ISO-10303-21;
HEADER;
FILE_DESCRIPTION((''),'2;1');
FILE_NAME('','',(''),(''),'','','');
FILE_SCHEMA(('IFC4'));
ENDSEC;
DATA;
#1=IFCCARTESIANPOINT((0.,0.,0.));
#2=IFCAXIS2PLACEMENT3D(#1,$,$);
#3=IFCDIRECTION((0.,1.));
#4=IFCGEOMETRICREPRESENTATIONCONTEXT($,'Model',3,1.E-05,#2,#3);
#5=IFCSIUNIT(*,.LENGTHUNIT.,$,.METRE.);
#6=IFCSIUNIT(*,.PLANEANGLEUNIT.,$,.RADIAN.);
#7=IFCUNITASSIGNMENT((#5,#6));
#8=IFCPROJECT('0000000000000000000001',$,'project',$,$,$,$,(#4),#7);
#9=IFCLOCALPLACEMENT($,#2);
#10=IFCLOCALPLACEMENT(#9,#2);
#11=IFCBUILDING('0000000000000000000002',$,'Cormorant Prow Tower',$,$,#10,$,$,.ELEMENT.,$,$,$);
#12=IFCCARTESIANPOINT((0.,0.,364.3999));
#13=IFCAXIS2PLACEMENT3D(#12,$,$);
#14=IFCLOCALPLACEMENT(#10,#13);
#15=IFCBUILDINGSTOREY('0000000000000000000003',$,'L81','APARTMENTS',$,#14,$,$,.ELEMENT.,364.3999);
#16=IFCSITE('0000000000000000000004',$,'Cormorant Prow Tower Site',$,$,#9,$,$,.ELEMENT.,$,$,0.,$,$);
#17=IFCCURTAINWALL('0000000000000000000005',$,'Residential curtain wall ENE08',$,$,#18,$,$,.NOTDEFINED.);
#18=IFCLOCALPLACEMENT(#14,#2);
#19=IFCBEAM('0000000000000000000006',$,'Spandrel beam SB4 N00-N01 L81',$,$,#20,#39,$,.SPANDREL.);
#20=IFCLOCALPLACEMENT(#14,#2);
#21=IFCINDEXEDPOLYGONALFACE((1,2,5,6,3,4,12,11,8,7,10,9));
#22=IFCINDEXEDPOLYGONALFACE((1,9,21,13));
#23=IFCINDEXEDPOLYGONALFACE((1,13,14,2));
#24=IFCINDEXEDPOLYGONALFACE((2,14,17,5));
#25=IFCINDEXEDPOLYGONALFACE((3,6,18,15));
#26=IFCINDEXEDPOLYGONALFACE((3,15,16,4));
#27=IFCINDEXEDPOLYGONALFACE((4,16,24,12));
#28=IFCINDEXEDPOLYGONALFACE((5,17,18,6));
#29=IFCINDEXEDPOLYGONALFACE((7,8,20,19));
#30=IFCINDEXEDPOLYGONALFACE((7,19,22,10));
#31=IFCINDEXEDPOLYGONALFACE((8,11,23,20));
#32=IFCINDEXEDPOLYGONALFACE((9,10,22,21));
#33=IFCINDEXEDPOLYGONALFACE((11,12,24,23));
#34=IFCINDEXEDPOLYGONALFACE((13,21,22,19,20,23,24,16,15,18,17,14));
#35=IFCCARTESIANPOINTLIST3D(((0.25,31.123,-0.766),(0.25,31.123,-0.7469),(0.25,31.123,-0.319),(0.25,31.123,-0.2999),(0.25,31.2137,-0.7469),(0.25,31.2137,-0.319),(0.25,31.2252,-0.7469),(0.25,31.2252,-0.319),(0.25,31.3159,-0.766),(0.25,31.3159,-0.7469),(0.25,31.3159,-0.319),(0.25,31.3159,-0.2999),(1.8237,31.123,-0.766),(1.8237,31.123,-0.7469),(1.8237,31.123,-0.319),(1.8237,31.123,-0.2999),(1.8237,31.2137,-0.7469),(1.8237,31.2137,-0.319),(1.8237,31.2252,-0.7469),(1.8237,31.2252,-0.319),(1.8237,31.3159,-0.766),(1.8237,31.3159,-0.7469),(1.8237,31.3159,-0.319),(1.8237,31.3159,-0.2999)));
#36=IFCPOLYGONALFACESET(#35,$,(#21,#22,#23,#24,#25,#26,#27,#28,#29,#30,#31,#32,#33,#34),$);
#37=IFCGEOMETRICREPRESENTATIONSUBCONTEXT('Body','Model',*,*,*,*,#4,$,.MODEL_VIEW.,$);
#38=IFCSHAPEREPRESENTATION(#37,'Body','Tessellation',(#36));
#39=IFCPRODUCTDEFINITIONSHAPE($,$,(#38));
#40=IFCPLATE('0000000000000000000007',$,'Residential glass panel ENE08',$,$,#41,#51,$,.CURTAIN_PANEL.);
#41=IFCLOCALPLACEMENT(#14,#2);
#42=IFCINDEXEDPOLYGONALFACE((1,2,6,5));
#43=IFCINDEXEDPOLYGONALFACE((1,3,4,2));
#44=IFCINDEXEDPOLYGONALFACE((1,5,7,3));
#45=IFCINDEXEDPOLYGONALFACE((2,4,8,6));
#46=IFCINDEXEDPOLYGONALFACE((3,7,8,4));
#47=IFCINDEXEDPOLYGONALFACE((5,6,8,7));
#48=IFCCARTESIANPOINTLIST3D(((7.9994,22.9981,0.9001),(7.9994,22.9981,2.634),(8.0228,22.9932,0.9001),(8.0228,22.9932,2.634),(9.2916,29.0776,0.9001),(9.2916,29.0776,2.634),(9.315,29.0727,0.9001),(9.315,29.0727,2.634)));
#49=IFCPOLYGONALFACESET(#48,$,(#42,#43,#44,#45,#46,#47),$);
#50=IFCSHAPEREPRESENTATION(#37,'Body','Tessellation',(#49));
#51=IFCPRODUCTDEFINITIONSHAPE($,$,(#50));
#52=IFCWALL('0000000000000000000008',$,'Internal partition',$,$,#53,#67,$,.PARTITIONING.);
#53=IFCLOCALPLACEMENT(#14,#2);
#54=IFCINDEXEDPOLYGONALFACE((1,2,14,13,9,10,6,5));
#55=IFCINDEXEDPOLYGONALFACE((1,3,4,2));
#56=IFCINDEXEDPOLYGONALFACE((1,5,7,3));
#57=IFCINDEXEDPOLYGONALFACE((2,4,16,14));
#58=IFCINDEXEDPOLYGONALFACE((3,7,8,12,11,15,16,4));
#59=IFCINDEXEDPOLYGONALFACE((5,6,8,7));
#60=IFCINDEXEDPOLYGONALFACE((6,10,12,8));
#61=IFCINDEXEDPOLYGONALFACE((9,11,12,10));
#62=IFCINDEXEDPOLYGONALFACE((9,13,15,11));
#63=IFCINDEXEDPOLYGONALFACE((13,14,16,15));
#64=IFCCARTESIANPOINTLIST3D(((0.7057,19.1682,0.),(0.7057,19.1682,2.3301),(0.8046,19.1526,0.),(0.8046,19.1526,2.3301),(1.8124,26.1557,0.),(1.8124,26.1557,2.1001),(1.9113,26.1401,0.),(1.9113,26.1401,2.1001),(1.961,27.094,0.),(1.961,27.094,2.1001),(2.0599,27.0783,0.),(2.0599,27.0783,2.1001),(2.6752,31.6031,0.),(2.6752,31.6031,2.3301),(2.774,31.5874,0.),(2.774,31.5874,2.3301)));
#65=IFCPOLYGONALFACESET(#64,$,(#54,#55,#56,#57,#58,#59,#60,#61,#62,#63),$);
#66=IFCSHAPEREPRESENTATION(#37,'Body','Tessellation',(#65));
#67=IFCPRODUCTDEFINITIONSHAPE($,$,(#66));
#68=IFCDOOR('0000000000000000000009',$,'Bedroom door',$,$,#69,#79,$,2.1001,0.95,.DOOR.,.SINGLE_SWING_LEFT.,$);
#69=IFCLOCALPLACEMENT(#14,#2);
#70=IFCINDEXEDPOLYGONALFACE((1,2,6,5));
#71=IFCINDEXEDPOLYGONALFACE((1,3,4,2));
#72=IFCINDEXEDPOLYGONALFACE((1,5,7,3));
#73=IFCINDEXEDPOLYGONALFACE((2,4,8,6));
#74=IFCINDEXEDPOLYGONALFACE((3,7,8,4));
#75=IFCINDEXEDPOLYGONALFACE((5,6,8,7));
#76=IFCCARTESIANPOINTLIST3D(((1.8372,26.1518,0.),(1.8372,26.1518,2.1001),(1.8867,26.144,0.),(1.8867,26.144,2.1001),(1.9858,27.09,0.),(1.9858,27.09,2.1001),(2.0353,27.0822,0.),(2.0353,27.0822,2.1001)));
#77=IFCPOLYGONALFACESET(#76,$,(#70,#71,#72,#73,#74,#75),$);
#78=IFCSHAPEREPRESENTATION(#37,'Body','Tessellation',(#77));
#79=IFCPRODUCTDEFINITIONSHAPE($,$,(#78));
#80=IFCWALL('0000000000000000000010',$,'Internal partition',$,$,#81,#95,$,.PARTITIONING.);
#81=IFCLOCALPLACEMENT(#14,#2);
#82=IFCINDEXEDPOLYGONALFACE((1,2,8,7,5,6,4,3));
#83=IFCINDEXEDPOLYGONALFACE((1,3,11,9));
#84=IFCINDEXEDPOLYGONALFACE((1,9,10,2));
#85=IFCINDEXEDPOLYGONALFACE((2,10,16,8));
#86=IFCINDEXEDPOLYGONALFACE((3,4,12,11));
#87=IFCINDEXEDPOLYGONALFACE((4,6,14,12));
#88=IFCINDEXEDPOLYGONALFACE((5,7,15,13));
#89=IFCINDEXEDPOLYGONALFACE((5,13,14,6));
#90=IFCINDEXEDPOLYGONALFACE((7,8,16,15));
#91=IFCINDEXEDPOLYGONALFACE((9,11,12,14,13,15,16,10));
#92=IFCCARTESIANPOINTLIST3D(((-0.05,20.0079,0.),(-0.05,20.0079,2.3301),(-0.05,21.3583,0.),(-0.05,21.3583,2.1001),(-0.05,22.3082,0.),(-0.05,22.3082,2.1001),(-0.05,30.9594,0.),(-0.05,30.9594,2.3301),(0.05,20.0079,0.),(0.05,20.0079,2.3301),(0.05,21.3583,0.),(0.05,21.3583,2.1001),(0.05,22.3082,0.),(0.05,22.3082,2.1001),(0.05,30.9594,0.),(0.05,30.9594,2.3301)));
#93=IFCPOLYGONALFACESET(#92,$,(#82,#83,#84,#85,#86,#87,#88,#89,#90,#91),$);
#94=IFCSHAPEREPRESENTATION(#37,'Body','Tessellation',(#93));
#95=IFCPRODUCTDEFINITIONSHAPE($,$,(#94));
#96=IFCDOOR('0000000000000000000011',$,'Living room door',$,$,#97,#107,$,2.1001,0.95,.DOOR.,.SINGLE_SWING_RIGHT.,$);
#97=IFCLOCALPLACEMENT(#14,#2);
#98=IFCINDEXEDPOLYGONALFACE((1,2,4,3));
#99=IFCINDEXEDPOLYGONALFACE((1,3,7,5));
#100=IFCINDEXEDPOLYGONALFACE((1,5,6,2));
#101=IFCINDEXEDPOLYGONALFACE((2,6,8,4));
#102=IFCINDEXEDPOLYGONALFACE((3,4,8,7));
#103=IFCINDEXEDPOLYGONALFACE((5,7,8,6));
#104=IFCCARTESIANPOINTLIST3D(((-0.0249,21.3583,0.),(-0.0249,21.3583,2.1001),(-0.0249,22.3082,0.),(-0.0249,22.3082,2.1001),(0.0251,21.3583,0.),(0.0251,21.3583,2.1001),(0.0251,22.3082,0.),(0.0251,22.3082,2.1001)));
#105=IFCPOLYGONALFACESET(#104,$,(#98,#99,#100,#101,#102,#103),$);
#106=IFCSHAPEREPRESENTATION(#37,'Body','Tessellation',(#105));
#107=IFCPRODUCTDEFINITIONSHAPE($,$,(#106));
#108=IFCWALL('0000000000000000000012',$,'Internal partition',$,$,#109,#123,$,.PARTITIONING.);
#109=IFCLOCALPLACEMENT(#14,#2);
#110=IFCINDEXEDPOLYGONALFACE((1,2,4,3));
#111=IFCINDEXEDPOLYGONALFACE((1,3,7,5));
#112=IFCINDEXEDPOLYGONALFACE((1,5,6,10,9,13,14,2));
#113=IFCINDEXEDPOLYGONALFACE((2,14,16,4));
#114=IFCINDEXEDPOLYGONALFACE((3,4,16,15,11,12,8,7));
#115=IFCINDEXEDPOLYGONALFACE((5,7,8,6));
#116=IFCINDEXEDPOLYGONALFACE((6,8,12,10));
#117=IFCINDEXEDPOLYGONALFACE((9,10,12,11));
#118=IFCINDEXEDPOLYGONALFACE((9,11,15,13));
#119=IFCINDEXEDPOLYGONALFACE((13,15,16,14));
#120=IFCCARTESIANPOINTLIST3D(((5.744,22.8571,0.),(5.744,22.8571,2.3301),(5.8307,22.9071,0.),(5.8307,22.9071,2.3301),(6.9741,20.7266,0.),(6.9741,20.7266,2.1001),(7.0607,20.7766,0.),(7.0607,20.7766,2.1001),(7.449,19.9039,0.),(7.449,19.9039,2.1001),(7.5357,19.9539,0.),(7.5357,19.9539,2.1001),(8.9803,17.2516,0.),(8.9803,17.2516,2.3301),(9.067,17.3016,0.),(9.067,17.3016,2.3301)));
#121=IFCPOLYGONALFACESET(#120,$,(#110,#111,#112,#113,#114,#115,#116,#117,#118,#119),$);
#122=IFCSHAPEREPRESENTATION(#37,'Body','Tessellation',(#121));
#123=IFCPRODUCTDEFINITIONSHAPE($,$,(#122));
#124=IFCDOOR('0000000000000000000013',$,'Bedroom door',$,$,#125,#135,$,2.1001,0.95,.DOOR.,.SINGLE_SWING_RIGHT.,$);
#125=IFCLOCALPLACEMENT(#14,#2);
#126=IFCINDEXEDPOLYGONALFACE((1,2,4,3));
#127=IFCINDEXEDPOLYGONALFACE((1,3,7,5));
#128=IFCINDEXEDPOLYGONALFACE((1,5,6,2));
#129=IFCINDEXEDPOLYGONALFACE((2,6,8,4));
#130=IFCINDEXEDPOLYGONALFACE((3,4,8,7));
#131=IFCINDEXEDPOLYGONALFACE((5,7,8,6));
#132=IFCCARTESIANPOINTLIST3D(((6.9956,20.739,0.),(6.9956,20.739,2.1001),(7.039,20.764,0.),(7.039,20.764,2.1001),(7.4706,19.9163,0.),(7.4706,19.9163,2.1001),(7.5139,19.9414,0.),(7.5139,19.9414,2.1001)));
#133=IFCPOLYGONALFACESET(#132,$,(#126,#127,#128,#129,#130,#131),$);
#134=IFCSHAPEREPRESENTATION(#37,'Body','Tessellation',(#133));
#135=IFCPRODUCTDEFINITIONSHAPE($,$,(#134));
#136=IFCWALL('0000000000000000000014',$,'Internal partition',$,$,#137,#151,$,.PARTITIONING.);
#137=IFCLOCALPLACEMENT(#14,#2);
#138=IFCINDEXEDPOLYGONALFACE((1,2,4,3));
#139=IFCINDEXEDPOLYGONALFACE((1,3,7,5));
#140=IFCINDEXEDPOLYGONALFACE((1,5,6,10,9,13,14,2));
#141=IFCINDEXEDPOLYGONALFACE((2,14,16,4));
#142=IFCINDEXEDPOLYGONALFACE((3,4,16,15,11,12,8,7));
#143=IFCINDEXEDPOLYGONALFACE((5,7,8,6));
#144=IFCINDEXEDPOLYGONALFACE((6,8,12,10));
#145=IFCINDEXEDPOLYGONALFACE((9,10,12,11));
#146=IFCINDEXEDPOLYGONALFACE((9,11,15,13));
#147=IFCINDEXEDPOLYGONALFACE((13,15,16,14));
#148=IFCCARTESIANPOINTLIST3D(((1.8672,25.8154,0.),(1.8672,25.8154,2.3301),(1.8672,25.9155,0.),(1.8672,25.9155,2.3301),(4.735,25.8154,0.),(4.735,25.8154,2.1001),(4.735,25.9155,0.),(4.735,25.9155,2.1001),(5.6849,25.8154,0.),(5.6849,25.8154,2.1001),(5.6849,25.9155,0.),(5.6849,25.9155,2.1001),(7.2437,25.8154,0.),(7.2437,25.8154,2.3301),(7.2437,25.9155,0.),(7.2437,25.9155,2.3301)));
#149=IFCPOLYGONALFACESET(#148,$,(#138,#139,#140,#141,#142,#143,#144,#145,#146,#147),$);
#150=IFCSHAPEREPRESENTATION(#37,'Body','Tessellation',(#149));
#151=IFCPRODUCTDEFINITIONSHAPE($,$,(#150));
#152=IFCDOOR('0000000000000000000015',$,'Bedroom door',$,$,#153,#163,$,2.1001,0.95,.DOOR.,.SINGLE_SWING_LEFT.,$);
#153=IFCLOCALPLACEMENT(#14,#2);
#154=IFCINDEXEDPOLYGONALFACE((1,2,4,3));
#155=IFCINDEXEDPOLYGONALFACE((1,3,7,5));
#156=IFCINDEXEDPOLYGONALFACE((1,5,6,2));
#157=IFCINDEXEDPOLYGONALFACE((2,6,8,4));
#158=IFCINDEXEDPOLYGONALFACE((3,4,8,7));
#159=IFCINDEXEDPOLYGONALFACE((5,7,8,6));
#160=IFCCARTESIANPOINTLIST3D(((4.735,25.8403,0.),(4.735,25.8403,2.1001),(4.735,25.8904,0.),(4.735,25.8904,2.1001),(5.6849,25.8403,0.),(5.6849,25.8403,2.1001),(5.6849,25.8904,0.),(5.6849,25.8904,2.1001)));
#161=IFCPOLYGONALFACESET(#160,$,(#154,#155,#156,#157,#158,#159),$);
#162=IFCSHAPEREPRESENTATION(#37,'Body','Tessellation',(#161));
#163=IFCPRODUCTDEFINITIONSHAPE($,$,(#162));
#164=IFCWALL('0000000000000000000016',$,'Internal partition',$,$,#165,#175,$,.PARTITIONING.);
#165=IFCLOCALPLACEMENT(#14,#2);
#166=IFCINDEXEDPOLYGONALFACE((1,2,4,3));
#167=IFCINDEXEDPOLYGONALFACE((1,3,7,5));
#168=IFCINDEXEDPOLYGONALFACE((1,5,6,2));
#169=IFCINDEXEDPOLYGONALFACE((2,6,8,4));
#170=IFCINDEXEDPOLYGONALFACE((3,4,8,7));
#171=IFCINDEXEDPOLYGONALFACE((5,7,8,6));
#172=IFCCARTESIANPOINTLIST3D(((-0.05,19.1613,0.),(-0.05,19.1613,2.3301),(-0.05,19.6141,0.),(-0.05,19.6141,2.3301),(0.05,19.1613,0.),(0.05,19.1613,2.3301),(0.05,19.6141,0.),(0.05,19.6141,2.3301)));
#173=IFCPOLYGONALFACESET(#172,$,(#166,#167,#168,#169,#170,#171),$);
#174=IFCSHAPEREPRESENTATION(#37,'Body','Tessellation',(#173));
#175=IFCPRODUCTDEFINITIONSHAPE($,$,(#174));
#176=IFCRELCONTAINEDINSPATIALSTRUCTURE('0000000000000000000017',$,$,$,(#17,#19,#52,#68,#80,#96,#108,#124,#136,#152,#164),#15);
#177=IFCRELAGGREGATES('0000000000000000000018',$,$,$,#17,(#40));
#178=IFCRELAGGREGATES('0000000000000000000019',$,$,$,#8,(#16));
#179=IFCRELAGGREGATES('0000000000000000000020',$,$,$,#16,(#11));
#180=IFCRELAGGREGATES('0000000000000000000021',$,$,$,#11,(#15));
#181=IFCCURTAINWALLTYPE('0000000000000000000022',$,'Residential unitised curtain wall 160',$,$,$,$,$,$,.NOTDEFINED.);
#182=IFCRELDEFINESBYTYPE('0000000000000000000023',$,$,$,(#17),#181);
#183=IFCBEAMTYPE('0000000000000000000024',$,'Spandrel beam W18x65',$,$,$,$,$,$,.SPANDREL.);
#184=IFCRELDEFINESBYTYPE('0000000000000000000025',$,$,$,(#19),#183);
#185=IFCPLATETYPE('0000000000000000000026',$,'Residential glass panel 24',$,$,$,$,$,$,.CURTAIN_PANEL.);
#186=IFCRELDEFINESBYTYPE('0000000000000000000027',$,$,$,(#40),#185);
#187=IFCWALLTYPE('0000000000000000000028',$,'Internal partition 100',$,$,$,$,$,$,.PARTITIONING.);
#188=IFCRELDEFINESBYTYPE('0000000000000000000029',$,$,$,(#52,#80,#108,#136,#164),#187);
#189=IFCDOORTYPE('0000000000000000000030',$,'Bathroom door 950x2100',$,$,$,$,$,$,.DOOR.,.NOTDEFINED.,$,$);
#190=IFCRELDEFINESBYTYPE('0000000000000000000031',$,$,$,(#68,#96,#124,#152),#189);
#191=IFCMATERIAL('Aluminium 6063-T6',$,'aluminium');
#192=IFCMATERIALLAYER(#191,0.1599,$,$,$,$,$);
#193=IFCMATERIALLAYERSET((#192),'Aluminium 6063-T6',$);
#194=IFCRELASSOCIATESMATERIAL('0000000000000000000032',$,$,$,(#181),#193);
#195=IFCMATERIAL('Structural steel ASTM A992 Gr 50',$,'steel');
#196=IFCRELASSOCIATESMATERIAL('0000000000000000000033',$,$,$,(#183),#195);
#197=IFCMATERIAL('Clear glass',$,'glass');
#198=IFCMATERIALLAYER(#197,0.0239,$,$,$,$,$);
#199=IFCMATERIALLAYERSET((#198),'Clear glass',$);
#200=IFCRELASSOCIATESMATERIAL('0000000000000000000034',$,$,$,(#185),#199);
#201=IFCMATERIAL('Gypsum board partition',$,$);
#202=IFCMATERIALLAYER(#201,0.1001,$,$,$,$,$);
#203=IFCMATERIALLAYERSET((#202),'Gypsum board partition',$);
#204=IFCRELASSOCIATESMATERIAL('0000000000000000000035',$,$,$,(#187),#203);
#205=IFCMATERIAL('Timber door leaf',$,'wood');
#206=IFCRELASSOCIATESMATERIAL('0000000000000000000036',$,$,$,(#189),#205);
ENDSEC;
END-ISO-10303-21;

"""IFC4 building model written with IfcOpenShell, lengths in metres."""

from ifc_helpers import new_model, si_unit, direction, frame, frame_2d, origin, origin_2d, place, context, subcontext, project, spatial, rectangle, i_section, extrude, material, layer, layer_set, material_profile, profile_set, type_object, element, fill, aggregate, save


model = new_model("IFC4")

# Units and contexts
model_context = context("Model", 3, precision=1e-05, world=origin(), true_north=direction((0.0, 1.0)))
body_context = subcontext(model_context, "Body", "Model", "MODEL_VIEW")
ifc_project = project(units=[si_unit("LENGTHUNIT", "METRE"), si_unit("PLANEANGLEUNIT", "RADIAN")], contexts=[model_context])

# Site, building, storey
site_placement = place(None, origin())
site = spatial("IfcSite", under=ifc_project, at=site_placement, Name="Cormorant Prow Tower Site", CompositionType="ELEMENT", RefElevation=0.0)
building_placement = place(site_placement, origin())
building = spatial("IfcBuilding", under=site, at=building_placement, Name="Cormorant Prow Tower", CompositionType="ELEMENT")
storey_placement = place(building_placement, frame((0.0, 0.0, 364.3999)))
storey = spatial("IfcBuildingStorey", under=building, at=storey_placement, Name="L81", Description="APARTMENTS", CompositionType="ELEMENT", Elevation=364.3999)

# Curtain wall
ifc_material_1 = material(Name="Aluminium 6063-T6", Category="aluminium")
ifc_layer_1 = layer(ifc_material_1, 0.1599)
ifc_layer_set_1 = layer_set([ifc_layer_1], Name="Aluminium 6063-T6")
curtain_wall_type = type_object("IfcCurtainWallType", Name="Residential unitised curtain wall 160", PredefinedType="NOTDEFINED", material=ifc_layer_set_1)
curtain_wall_placement = place(storey_placement, origin())
curtain_wall = element("IfcCurtainWall", 1, at=curtain_wall_placement, inside=storey, type_object=curtain_wall_type, Name="Residential curtain wall ENE08", PredefinedType="NOTDEFINED")

# Beam
ifc_material_2 = material(Name="Structural steel ASTM A992 Gr 50", Category="steel")
ifc_material_profile_1 = material_profile(ifc_material_2, i_section(OverallWidth=0.1929, OverallDepth=0.4661, WebThickness=0.0115, FlangeThickness=0.019, at=origin_2d()), Name="W18x65")
ifc_profile_set_1 = profile_set([ifc_material_profile_1], Name="Structural steel ASTM A992 Gr 50")
beam_type = type_object("IfcBeamType", Name="Spandrel beam W18x65", PredefinedType="SPANDREL", material=ifc_profile_set_1)
beam_1_placement = place(storey_placement, frame((1.8237, 31.2195, -0.533), z_axis=(-1.0, 0.0, 0.0), x_axis=(0.0, -1.0, 0.0)))
element("IfcBeam", 2, at=beam_1_placement, inside=storey, type_object=beam_type, Name="Spandrel beam SB4 N00-N01 L81", PredefinedType="SPANDREL", context=body_context, shape_type="SweptSolid", body=[
    extrude(i_section(OverallWidth=0.1929, OverallDepth=0.4661, WebThickness=0.0115, FlangeThickness=0.019, at=origin_2d()), origin(), (0.0, 0.0, 1.0), 1.5737),
])

# Plate
ifc_material_3 = material(Name="Clear glass", Category="glass")
ifc_layer_2 = layer(ifc_material_3, 0.0239)
ifc_layer_set_2 = layer_set([ifc_layer_2], Name="Clear glass")
plate_type = type_object("IfcPlateType", Name="Residential glass panel 24", PredefinedType="CURTAIN_PANEL", material=ifc_layer_set_2)
plate_placement = place(storey_placement, frame((8.6572, 26.0354, 0.9001), z_axis=(0.0, 0.0, 1.0), x_axis=(0.207912, 0.978148, 0.0)))
plate = element("IfcPlate", 3, at=plate_placement, type_object=plate_type, Name="Residential glass panel ENE08", PredefinedType="CURTAIN_PANEL", context=body_context, shape_type="SweptSolid", body=[
    extrude(rectangle(XDim=6.2153, YDim=0.0239, at=origin_2d()), origin(), (0.0, 0.0, 1.0), 1.7339),
])
aggregate(curtain_wall, [plate])

# Walls, openings, doors
ifc_material_4 = material(Name="Gypsum board partition")
ifc_layer_3 = layer(ifc_material_4, 0.1001)
ifc_layer_set_3 = layer_set([ifc_layer_3], Name="Gypsum board partition")
wall_type_1 = type_object("IfcWallType", Name="Internal partition 100", PredefinedType="PARTITIONING", material=ifc_layer_set_3)
wall_1_placement = place(storey_placement, frame((0.7551, 19.1604, 0.0), z_axis=(0.0, 0.0, 1.0), x_axis=(0.156435, 0.987688, 0.0)))
wall_1 = element("IfcWall", 4, at=wall_1_placement, inside=storey, type_object=wall_type_1, Name="Internal partition", PredefinedType="PARTITIONING", context=body_context, shape_type="SweptSolid", body=[
    extrude(rectangle(XDim=12.5898, YDim=0.1001, at=frame_2d((6.2949, 0.0))), origin(), (0.0, 0.0, 1.0), 2.3301),
])
opening_1_placement = place(wall_1_placement, frame((7.0745, 0.0, 0.0)))
opening_1 = element("IfcOpeningElement", 5, at=opening_1_placement, cuts=wall_1, PredefinedType="OPENING", context=body_context, shape_type="SweptSolid", body=[
    extrude(rectangle(XDim=0.95, YDim=2.1001, at=frame_2d((0.4751, 1.05))), frame((0.0, 0.0601, 0.0), z_axis=(0.0, -1.0, 0.0), x_axis=(1.0, 0.0, 0.0)), (0.0, 0.0, 1.0), 0.1201),
])
ifc_material_5 = material(Name="Timber door leaf", Category="wood")
door_type_1 = type_object("IfcDoorType", Name="Bathroom door 950x2100", OperationType="NOTDEFINED", PredefinedType="DOOR", material=ifc_material_5)
door_1_placement = place(opening_1_placement, origin())
door_1 = element("IfcDoor", 6, at=door_1_placement, inside=storey, type_object=door_type_1, Name="Bedroom door", OperationType="SINGLE_SWING_LEFT", OverallHeight=2.1001, OverallWidth=0.95, PredefinedType="DOOR", context=body_context, shape_type="SweptSolid", body=[
    extrude(rectangle(XDim=0.95, YDim=2.1001, at=frame_2d((0.4751, 1.05))), frame((0.0, 0.0249, 0.0), z_axis=(0.0, -1.0, 0.0), x_axis=(1.0, 0.0, 0.0)), (0.0, 0.0, 1.0), 0.05),
])
fill(opening_1, door_1)
wall_2_placement = place(storey_placement, frame((0.0, 20.0081, 0.0), z_axis=(0.0, 0.0, 1.0), x_axis=(0.0, 1.0, 0.0)))
wall_2 = element("IfcWall", 7, at=wall_2_placement, inside=storey, type_object=wall_type_1, Name="Internal partition", PredefinedType="PARTITIONING", context=body_context, shape_type="SweptSolid", body=[
    extrude(rectangle(XDim=10.9514, YDim=0.1001, at=frame_2d((5.4756, 0.0))), origin(), (0.0, 0.0, 1.0), 2.3301),
])
opening_2_placement = place(wall_2_placement, frame((1.3501, 0.0, 0.0)))
opening_2 = element("IfcOpeningElement", 8, at=opening_2_placement, cuts=wall_2, PredefinedType="OPENING", context=body_context, shape_type="SweptSolid", body=[
    extrude(rectangle(XDim=0.95, YDim=2.1001, at=frame_2d((0.4751, 1.05))), frame((0.0, 0.0601, 0.0), z_axis=(0.0, -1.0, 0.0), x_axis=(1.0, 0.0, 0.0)), (0.0, 0.0, 1.0), 0.1201),
])
door_2_placement = place(opening_2_placement, origin())
door_2 = element("IfcDoor", 9, at=door_2_placement, inside=storey, type_object=door_type_1, Name="Living room door", OperationType="SINGLE_SWING_RIGHT", OverallHeight=2.1001, OverallWidth=0.95, PredefinedType="DOOR", context=body_context, shape_type="SweptSolid", body=[
    extrude(rectangle(XDim=0.95, YDim=2.1001, at=frame_2d((0.4751, 1.05))), frame((0.0, 0.0249, 0.0), z_axis=(0.0, -1.0, 0.0), x_axis=(1.0, 0.0, 0.0)), (0.0, 0.0, 1.0), 0.05),
])
fill(opening_2, door_2)
wall_3_placement = place(storey_placement, frame((5.7874, 22.8821, 0.0), z_axis=(0.0, 0.0, 1.0), x_axis=(0.500001, -0.866025, 0.0)))
wall_3 = element("IfcWall", 10, at=wall_3_placement, inside=storey, type_object=wall_type_1, Name="Internal partition", PredefinedType="PARTITIONING", context=body_context, shape_type="SweptSolid", body=[
    extrude(rectangle(XDim=6.4727, YDim=0.1001, at=frame_2d((3.2363, 0.0))), origin(), (0.0, 0.0, 1.0), 2.3301),
])
opening_3_placement = place(wall_3_placement, frame((2.46, 0.0, 0.0)))
opening_3 = element("IfcOpeningElement", 11, at=opening_3_placement, cuts=wall_3, PredefinedType="OPENING", context=body_context, shape_type="SweptSolid", body=[
    extrude(rectangle(XDim=0.95, YDim=2.1001, at=frame_2d((0.4751, 1.05))), frame((0.0, 0.0601, 0.0), z_axis=(0.0, -1.0, 0.0), x_axis=(1.0, 0.0, 0.0)), (0.0, 0.0, 1.0), 0.1201),
])
door_3_placement = place(opening_3_placement, origin())
door_3 = element("IfcDoor", 12, at=door_3_placement, inside=storey, type_object=door_type_1, Name="Bedroom door", OperationType="SINGLE_SWING_RIGHT", OverallHeight=2.1001, OverallWidth=0.95, PredefinedType="DOOR", context=body_context, shape_type="SweptSolid", body=[
    extrude(rectangle(XDim=0.95, YDim=2.1001, at=frame_2d((0.4751, 1.05))), frame((0.0, 0.0249, 0.0), z_axis=(0.0, -1.0, 0.0), x_axis=(1.0, 0.0, 0.0)), (0.0, 0.0, 1.0), 0.05),
])
fill(opening_3, door_3)
wall_4_placement = place(storey_placement, frame((1.8672, 25.8655, 0.0), z_axis=(0.0, 0.0, 1.0), x_axis=(1.0, 0.0, 0.0)))
wall_4 = element("IfcWall", 13, at=wall_4_placement, inside=storey, type_object=wall_type_1, Name="Internal partition", PredefinedType="PARTITIONING", context=body_context, shape_type="SweptSolid", body=[
    extrude(rectangle(XDim=5.3765, YDim=0.1001, at=frame_2d((2.6882, 0.0))), origin(), (0.0, 0.0, 1.0), 2.3301),
])
opening_4_placement = place(wall_4_placement, frame((2.8677, 0.0, 0.0)))
opening_4 = element("IfcOpeningElement", 14, at=opening_4_placement, cuts=wall_4, PredefinedType="OPENING", context=body_context, shape_type="SweptSolid", body=[
    extrude(rectangle(XDim=0.95, YDim=2.1001, at=frame_2d((0.4751, 1.05))), frame((0.0, 0.0601, 0.0), z_axis=(0.0, -1.0, 0.0), x_axis=(1.0, 0.0, 0.0)), (0.0, 0.0, 1.0), 0.1201),
])
door_4_placement = place(opening_4_placement, origin())
door_4 = element("IfcDoor", 15, at=door_4_placement, inside=storey, type_object=door_type_1, Name="Bedroom door", OperationType="SINGLE_SWING_LEFT", OverallHeight=2.1001, OverallWidth=0.95, PredefinedType="DOOR", context=body_context, shape_type="SweptSolid", body=[
    extrude(rectangle(XDim=0.95, YDim=2.1001, at=frame_2d((0.4751, 1.05))), frame((0.0, 0.0249, 0.0), z_axis=(0.0, -1.0, 0.0), x_axis=(1.0, 0.0, 0.0)), (0.0, 0.0, 1.0), 0.05),
])
fill(opening_4, door_4)

# Wall
wall_5_placement = place(storey_placement, frame((0.0, 19.1611, 0.0), z_axis=(0.0, 0.0, 1.0), x_axis=(0.0, 1.0, 0.0)))
element("IfcWall", 16, at=wall_5_placement, inside=storey, type_object=wall_type_1, Name="Internal partition", PredefinedType="PARTITIONING", context=body_context, shape_type="SweptSolid", body=[
    extrude(rectangle(XDim=0.4529, YDim=0.1001, at=frame_2d((0.2266, 0.0))), origin(), (0.0, 0.0, 1.0), 2.3301),
])

save(model, "model.ifc")
